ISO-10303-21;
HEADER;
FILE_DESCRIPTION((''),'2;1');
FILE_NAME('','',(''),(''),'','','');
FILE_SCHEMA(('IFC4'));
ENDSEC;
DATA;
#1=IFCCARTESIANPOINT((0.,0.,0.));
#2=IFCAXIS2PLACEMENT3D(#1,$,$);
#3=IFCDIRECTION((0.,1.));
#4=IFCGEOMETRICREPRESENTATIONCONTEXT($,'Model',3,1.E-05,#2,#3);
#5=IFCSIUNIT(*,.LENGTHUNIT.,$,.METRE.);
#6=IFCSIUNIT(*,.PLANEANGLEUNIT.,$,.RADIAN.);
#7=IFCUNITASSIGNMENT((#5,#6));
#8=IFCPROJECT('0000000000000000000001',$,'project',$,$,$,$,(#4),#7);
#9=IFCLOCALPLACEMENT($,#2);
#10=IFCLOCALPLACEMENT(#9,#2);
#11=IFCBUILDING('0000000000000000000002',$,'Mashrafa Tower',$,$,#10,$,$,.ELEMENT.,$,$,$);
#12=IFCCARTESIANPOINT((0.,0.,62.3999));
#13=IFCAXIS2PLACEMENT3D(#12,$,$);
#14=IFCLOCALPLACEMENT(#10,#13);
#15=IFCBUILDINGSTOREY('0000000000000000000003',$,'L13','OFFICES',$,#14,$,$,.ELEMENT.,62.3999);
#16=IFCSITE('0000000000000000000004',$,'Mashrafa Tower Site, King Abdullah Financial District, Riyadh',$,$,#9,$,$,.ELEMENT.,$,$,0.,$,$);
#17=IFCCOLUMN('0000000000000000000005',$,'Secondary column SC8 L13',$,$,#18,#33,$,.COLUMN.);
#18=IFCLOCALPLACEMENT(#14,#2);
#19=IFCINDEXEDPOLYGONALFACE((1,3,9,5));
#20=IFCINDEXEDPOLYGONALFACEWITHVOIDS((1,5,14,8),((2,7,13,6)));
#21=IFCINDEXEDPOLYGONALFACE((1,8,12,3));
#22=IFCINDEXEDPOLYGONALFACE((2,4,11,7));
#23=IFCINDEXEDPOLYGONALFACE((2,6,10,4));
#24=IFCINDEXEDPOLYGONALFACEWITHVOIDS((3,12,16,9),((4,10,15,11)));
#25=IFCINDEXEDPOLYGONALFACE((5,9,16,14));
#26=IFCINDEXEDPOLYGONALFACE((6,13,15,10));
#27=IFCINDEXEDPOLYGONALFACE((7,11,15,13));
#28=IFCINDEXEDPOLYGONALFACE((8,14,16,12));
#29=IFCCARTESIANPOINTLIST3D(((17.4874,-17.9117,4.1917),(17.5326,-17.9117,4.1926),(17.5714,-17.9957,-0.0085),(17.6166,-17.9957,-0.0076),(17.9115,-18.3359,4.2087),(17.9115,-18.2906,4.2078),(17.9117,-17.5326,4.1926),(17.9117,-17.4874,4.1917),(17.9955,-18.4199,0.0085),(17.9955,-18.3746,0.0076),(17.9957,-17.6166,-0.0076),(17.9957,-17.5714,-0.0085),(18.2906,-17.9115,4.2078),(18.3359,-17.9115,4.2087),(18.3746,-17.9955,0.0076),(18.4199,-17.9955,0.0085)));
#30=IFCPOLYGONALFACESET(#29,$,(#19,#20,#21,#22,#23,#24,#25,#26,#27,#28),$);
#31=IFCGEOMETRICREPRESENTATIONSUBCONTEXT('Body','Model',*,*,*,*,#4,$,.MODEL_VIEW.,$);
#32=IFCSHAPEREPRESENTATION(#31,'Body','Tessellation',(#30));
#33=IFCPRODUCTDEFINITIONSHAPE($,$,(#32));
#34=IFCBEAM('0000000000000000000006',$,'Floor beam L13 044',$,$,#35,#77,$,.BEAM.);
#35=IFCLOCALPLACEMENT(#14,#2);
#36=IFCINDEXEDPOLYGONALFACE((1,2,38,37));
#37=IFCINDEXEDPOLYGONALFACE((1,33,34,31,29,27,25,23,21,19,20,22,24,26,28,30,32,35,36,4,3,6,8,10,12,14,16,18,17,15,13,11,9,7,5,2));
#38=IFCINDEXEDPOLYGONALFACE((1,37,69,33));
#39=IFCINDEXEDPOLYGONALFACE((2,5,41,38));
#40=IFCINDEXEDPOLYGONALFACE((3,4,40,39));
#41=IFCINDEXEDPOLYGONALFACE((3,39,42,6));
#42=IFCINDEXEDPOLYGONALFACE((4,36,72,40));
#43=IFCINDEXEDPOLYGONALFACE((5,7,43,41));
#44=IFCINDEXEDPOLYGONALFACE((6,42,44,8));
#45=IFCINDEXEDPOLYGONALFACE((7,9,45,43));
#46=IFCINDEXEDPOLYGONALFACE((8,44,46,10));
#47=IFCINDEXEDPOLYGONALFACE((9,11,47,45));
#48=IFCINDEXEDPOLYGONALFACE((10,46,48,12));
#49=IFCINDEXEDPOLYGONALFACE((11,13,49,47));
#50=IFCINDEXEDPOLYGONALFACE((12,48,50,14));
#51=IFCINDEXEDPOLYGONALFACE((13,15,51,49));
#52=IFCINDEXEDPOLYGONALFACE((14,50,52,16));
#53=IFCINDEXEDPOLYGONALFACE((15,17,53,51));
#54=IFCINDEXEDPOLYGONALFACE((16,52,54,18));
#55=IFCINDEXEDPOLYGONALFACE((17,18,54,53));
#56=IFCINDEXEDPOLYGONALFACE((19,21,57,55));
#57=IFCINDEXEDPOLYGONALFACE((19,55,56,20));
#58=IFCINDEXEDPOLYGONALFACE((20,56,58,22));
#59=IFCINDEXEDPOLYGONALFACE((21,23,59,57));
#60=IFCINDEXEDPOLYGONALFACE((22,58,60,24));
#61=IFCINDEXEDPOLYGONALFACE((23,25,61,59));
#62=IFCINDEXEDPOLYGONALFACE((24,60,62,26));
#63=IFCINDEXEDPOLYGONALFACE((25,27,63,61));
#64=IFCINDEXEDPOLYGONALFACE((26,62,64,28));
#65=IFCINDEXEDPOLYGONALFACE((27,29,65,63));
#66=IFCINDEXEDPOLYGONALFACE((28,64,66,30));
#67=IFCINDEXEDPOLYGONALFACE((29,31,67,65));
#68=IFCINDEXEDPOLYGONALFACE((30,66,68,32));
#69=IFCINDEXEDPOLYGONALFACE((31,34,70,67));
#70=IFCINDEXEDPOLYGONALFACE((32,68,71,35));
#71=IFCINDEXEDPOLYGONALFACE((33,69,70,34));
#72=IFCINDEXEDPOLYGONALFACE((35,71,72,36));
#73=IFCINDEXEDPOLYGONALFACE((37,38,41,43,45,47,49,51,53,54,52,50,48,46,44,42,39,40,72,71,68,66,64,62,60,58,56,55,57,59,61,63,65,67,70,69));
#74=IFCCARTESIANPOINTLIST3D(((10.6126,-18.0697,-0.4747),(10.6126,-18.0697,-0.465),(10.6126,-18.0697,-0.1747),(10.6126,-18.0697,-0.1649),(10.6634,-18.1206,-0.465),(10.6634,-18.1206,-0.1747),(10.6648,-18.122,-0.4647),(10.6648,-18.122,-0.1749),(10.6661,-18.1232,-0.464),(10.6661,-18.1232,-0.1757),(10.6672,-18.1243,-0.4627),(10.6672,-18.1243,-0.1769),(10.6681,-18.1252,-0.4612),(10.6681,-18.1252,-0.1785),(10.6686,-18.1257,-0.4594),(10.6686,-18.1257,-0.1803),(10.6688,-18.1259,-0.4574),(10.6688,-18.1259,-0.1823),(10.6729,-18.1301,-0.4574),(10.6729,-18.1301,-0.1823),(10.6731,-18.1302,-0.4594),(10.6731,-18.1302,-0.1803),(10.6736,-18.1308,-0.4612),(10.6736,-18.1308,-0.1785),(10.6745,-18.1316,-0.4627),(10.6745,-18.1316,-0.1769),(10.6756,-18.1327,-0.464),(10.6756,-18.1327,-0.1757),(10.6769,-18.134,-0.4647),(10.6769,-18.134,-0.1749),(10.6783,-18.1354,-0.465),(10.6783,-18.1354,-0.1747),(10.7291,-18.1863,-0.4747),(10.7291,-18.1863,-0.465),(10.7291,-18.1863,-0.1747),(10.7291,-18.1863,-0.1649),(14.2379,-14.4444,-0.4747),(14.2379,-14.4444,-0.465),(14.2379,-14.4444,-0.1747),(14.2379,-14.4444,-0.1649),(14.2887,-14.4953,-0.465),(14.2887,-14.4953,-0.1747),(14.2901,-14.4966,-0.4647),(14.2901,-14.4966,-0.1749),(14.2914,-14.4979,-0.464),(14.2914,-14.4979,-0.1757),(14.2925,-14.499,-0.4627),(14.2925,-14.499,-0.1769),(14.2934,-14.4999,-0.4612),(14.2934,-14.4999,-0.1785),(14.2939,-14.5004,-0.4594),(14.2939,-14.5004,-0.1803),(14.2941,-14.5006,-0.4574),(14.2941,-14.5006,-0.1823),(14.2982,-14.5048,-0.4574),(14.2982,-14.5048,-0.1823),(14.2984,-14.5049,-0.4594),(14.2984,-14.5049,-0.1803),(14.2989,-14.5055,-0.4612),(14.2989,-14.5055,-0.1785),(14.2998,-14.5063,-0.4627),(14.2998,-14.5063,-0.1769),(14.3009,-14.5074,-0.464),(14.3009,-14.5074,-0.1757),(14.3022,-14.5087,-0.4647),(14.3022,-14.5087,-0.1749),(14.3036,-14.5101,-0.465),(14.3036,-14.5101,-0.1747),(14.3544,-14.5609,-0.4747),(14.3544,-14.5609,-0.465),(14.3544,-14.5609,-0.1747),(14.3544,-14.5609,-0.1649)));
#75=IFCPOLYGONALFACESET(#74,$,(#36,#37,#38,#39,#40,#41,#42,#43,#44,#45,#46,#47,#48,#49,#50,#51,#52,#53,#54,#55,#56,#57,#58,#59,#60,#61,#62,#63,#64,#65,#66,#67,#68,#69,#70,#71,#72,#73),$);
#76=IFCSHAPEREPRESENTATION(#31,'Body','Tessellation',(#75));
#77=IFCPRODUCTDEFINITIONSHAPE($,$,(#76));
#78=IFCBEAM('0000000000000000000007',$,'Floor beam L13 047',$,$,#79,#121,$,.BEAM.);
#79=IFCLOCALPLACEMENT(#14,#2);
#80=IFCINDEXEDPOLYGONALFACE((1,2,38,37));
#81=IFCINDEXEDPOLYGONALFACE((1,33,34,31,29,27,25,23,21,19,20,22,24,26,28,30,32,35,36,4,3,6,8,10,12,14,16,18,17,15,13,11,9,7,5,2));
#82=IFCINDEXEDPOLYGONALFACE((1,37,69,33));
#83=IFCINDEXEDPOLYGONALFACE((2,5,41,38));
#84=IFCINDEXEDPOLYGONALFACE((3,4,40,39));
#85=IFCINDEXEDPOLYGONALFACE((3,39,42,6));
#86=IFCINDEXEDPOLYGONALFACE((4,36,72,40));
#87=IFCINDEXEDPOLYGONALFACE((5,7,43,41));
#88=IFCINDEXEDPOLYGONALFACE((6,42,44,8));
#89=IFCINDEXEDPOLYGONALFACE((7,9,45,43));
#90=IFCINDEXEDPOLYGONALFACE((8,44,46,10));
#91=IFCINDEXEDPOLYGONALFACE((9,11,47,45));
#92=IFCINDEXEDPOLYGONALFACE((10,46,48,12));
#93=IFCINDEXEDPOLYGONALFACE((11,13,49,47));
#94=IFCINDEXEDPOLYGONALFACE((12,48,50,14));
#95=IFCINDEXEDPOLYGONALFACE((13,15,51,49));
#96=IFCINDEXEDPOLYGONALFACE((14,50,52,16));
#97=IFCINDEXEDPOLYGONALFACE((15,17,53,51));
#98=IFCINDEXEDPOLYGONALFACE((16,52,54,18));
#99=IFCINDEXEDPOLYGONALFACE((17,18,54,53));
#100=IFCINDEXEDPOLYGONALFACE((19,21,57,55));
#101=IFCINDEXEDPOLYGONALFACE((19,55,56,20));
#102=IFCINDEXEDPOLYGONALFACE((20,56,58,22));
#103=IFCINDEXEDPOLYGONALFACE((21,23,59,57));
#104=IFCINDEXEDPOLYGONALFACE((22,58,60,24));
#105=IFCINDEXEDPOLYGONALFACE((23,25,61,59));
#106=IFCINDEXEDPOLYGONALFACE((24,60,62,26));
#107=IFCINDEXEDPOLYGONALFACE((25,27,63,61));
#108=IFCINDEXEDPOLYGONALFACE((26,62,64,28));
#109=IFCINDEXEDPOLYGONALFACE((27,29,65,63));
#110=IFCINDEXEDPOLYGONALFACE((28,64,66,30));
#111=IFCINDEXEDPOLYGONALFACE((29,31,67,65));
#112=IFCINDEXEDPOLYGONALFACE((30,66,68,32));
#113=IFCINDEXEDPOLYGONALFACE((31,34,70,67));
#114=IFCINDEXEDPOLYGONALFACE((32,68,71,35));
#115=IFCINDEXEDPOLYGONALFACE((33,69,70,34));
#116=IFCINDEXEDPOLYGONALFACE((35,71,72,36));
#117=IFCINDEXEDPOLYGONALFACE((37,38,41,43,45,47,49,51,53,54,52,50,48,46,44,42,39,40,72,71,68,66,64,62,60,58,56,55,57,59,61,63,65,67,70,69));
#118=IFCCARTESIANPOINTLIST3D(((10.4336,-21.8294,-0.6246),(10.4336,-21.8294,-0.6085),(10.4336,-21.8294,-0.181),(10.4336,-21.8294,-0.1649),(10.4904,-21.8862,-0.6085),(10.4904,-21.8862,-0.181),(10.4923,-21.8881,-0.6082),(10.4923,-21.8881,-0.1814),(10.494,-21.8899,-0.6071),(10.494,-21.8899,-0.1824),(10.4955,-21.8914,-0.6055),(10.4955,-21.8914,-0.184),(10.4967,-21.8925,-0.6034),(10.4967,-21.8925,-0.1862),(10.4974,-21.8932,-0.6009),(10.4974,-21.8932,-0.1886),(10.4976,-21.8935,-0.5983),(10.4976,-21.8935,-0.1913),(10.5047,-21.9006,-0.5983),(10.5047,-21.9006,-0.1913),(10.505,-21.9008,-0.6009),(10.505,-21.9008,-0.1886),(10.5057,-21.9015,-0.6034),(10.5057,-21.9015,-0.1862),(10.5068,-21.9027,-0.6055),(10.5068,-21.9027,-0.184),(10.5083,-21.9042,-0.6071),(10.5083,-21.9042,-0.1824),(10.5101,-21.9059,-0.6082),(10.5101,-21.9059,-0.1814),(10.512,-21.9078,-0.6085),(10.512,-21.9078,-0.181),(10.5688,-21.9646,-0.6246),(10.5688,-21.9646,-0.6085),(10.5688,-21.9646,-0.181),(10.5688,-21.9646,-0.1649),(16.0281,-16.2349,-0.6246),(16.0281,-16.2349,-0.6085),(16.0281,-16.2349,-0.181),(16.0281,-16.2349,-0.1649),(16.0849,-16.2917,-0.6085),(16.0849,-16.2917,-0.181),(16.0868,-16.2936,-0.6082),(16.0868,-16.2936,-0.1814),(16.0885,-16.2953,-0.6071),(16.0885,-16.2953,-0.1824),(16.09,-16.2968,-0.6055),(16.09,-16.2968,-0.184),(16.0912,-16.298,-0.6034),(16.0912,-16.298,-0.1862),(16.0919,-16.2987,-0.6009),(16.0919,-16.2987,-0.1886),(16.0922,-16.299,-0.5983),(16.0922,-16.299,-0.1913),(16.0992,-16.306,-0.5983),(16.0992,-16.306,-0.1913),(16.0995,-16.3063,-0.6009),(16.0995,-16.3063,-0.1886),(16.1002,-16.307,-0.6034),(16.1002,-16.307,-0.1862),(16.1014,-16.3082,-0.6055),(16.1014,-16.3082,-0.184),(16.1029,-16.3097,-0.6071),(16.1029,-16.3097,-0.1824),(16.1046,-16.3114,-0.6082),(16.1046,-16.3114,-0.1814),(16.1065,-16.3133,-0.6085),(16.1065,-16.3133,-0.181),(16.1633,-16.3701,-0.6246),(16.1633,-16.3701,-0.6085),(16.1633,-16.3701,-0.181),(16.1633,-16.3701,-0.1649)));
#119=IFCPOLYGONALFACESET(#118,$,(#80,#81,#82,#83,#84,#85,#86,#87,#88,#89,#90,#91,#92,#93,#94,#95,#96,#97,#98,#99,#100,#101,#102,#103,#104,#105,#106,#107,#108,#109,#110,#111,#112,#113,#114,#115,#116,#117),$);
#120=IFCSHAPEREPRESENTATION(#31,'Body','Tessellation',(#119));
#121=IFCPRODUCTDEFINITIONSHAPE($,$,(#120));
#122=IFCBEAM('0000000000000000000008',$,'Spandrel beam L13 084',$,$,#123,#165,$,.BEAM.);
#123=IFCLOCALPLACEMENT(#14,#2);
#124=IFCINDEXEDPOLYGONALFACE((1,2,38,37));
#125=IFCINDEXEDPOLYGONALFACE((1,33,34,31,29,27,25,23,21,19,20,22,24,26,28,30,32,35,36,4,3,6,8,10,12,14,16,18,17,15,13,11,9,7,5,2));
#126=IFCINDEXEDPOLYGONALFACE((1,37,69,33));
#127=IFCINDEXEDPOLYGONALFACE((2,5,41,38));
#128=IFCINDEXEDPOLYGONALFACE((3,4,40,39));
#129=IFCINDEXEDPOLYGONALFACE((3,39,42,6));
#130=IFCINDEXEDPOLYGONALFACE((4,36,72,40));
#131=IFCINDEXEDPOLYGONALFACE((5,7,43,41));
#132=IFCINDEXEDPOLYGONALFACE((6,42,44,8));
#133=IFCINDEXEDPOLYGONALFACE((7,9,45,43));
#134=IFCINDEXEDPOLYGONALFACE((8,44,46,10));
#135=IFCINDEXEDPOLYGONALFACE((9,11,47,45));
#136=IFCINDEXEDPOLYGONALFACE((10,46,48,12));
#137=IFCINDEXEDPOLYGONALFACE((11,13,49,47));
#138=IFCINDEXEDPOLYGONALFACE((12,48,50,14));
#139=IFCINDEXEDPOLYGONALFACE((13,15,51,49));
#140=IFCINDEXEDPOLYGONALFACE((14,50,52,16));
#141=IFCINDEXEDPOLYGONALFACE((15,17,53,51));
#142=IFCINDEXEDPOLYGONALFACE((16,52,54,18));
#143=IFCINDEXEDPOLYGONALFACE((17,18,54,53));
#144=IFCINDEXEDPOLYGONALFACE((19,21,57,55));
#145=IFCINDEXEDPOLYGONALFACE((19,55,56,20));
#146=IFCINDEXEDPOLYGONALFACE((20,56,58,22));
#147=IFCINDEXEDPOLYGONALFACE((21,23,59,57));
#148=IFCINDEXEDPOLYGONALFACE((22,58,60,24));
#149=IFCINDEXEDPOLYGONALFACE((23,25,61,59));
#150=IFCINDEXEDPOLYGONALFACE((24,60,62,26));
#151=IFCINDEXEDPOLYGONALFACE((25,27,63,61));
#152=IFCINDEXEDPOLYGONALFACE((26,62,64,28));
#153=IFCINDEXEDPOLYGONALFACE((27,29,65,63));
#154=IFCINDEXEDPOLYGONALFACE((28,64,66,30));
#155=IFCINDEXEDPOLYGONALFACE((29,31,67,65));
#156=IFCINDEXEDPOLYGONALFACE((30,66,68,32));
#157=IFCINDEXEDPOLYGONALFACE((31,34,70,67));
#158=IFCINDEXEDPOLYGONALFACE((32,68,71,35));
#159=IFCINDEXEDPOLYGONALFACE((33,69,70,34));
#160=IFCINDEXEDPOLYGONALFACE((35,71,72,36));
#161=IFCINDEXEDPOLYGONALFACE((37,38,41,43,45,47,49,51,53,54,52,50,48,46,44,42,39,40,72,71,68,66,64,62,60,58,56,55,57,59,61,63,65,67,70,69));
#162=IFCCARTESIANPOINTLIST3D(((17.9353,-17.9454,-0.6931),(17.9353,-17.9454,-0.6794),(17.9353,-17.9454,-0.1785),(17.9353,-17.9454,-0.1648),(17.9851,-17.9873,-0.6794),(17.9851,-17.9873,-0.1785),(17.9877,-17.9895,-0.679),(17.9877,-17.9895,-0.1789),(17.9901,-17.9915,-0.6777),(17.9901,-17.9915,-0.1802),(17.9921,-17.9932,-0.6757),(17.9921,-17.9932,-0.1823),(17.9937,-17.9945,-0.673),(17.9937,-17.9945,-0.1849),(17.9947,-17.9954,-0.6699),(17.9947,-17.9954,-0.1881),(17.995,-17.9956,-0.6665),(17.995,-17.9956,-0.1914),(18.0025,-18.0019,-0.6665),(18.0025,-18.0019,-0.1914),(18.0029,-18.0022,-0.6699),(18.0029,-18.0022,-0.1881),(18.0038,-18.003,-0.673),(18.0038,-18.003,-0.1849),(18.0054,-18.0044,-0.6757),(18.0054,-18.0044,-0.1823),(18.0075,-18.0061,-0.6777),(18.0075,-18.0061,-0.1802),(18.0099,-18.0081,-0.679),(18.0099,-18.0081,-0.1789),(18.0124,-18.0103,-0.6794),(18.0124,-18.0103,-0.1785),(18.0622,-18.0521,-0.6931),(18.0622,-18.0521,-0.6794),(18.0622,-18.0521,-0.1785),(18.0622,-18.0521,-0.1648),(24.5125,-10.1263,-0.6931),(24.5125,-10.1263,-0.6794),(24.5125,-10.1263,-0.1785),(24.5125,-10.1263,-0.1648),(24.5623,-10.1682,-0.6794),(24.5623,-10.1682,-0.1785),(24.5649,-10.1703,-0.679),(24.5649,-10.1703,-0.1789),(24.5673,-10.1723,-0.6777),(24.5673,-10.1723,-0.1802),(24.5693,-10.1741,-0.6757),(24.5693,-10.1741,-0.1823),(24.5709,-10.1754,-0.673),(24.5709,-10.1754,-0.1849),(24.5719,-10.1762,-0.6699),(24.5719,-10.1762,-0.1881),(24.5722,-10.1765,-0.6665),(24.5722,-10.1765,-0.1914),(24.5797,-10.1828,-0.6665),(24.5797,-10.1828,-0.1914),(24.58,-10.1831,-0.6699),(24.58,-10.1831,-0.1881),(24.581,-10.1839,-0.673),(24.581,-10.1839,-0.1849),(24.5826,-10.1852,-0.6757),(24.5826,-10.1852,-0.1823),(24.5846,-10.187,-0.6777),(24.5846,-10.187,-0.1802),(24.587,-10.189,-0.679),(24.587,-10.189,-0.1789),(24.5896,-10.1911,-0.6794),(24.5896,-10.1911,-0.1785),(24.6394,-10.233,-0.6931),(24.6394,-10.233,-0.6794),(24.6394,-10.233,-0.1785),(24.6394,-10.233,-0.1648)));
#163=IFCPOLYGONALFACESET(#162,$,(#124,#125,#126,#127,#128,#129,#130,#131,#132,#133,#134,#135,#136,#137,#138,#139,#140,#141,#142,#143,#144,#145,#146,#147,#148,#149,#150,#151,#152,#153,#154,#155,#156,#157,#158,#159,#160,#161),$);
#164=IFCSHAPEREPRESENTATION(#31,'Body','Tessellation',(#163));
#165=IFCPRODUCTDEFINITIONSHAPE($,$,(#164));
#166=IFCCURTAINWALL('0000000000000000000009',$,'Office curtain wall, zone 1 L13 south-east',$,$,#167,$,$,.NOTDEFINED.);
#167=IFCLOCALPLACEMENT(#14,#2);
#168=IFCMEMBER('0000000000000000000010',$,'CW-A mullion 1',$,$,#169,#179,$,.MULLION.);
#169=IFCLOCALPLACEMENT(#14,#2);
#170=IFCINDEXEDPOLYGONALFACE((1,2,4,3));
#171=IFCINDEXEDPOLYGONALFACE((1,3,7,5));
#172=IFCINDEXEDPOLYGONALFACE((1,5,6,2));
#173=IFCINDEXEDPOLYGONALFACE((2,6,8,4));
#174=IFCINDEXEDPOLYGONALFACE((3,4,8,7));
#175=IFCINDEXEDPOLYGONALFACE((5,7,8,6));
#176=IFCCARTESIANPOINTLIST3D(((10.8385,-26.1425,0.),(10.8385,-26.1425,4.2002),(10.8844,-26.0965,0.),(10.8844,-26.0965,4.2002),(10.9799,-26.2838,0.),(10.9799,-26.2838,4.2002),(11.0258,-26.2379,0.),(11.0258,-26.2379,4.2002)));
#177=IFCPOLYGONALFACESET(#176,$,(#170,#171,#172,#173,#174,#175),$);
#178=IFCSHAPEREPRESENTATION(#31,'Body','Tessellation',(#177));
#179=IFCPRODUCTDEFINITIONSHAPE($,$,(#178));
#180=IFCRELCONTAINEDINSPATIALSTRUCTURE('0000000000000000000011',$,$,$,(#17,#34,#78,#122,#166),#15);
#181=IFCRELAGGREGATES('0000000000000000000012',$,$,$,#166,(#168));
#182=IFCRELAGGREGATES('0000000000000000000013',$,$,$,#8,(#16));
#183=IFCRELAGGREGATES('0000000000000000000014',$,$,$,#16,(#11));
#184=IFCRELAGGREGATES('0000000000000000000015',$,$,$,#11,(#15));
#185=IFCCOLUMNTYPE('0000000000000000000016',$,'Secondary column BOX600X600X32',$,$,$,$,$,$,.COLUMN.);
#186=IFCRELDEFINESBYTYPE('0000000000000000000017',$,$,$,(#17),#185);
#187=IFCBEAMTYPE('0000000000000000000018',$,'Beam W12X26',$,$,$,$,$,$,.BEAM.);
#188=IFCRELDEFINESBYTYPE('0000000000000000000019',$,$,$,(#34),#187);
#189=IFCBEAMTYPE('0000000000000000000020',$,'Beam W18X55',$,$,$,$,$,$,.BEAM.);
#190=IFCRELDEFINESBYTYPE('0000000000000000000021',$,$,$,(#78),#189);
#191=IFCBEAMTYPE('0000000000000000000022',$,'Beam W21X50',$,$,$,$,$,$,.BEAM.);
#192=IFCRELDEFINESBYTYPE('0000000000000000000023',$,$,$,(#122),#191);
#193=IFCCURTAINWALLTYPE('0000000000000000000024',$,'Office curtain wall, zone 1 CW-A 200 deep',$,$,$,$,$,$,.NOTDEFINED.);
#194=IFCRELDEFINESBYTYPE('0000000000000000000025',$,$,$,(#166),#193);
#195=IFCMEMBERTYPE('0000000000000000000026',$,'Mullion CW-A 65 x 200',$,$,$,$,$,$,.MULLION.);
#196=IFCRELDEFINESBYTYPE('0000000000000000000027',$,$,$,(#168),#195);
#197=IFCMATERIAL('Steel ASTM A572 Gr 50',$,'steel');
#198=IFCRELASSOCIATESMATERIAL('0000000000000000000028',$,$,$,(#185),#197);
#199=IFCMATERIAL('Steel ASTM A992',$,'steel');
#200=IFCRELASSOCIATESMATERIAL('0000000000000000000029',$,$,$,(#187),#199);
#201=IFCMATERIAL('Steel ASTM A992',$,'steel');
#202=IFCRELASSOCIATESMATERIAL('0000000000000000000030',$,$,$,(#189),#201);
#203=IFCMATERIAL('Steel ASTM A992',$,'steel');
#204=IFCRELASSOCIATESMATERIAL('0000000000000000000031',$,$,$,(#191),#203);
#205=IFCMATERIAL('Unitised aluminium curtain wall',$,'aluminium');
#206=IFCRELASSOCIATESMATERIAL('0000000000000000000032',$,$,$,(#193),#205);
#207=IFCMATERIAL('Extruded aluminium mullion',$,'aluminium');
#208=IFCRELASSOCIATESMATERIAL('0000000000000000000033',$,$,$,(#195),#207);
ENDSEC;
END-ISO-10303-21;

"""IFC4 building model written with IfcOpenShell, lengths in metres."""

from ifc_helpers import new_model, si_unit, direction, frame, origin, origin_2d, place, context, subcontext, project, spatial, rectangle, hollow_rectangle, i_section, extrude, source, transform, mapped, material, material_profile, profile_set, type_object, type_shapes, element, aggregate, save


model = new_model("IFC4")

# Units and contexts
model_context = context("Model", 3, precision=1e-05, world=origin(), true_north=direction((0.0, 1.0)))
body_context = subcontext(model_context, "Body", "Model", "MODEL_VIEW")
ifc_project = project(units=[si_unit("LENGTHUNIT", "METRE"), si_unit("PLANEANGLEUNIT", "RADIAN")], contexts=[model_context])

# Site, building, storey
site_placement = place(None, origin())
site = spatial("IfcSite", under=ifc_project, at=site_placement, Name="Mashrafa Tower Site, King Abdullah Financial District, Riyadh", CompositionType="ELEMENT", RefElevation=0.0)
building_placement = place(site_placement, origin())
building = spatial("IfcBuilding", under=site, at=building_placement, Name="Mashrafa Tower", CompositionType="ELEMENT")
storey_placement = place(building_placement, frame((0.0, 0.0, 62.3999)))
storey = spatial("IfcBuildingStorey", under=building, at=storey_placement, Name="L13", Description="OFFICES", CompositionType="ELEMENT", Elevation=62.3999)

# Column
ifc_material_1 = material(Name="Steel ASTM A572 Gr 50", Category="steel")
ifc_material_profile_1 = material_profile(ifc_material_1, hollow_rectangle(XDim=0.6001, YDim=0.6001, WallThickness=0.032, at=origin_2d()), Name="BOX600X600X32")
ifc_profile_set_1 = profile_set([ifc_material_profile_1], Name="Steel ASTM A572 Gr 50")
column_type = type_object("IfcColumnType", Name="Secondary column BOX600X600X32", PredefinedType="COLUMN", material=ifc_profile_set_1)
column_placement = place(storey_placement, frame((17.9956, -17.9956, 0.0), z_axis=(-0.019987, 0.019987, 0.9996), x_axis=(-0.707107, -0.707107, 0.0)))
element("IfcColumn", 1, at=column_placement, inside=storey, type_object=column_type, Name="Secondary column SC8 L13", PredefinedType="COLUMN", context=body_context, shape_type="SweptSolid", body=[
    extrude(hollow_rectangle(XDim=0.6001, YDim=0.6001, WallThickness=0.032, at=origin_2d()), origin(), (0.0, 0.0, 1.0), 4.2019),
])

# Beams
ifc_material_2 = material(Name="Steel ASTM A992", Category="steel")
ifc_material_profile_2 = material_profile(ifc_material_2, i_section(OverallWidth=0.1648, OverallDepth=0.3098, WebThickness=0.0059, FlangeThickness=0.0098, FilletRadius=0.0076, at=origin_2d()), Name="W12X26")
ifc_profile_set_2 = profile_set([ifc_material_profile_2], Name="Steel ASTM A992")
beam_type_1 = type_object("IfcBeamType", Name="Beam W12X26", PredefinedType="BEAM", material=ifc_profile_set_2)
beam_1_placement = place(storey_placement, frame((14.2961, -14.5027, -0.3198), z_axis=(-0.707107, -0.707107, 0.0), x_axis=(0.707107, -0.707107, 0.0)))
element("IfcBeam", 2, at=beam_1_placement, inside=storey, type_object=beam_type_1, Name="Floor beam L13 044", PredefinedType="BEAM", context=body_context, shape_type="SweptSolid", body=[
    extrude(i_section(OverallWidth=0.1648, OverallDepth=0.3098, WebThickness=0.0059, FlangeThickness=0.0098, FilletRadius=0.0076, at=origin_2d()), origin(), (0.0, 0.0, 1.0), 5.127),
])
ifc_material_3 = material(Name="Steel ASTM A992", Category="steel")
ifc_material_profile_3 = material_profile(ifc_material_3, i_section(OverallWidth=0.1912, OverallDepth=0.4597, WebThickness=0.01, FlangeThickness=0.0161, FilletRadius=0.0103, at=origin_2d()), Name="W18X55")
ifc_profile_set_3 = profile_set([ifc_material_profile_3], Name="Steel ASTM A992")
beam_type_2 = type_object("IfcBeamType", Name="Beam W18X55", PredefinedType="BEAM", material=ifc_profile_set_3)
beam_2_placement = place(storey_placement, frame((16.0957, -16.3025, -0.3948), z_axis=(-0.707107, -0.707107, 0.0), x_axis=(0.707107, -0.707107, 0.0)))
element("IfcBeam", 3, at=beam_2_placement, inside=storey, type_object=beam_type_2, Name="Floor beam L13 047", PredefinedType="BEAM", context=body_context, shape_type="SweptSolid", body=[
    extrude(i_section(OverallWidth=0.1912, OverallDepth=0.4597, WebThickness=0.01, FlangeThickness=0.0161, FilletRadius=0.0103, at=origin_2d()), origin(), (0.0, 0.0, 1.0), 7.9119),
])
ifc_material_4 = material(Name="Steel ASTM A992", Category="steel")
ifc_material_profile_4 = material_profile(ifc_material_4, i_section(OverallWidth=0.1658, OverallDepth=0.5283, WebThickness=0.0098, FlangeThickness=0.0137, FilletRadius=0.0129, at=origin_2d()), Name="W21X50")
ifc_profile_set_4 = profile_set([ifc_material_profile_4], Name="Steel ASTM A992")
beam_type_3 = type_object("IfcBeamType", Name="Beam W21X50", PredefinedType="BEAM", material=ifc_profile_set_4)
beam_3_placement = place(storey_placement, frame((17.9988, -17.9988, -0.429), z_axis=(0.643715, 0.765266, 0.0), x_axis=(-0.765266, 0.643715, 0.0)))
element("IfcBeam", 4, at=beam_3_placement, inside=storey, type_object=beam_type_3, Name="Spandrel beam L13 084", PredefinedType="BEAM", context=body_context, shape_type="SweptSolid", body=[
    extrude(i_section(OverallWidth=0.1658, OverallDepth=0.5283, WebThickness=0.0098, FlangeThickness=0.0137, FilletRadius=0.0129, at=origin_2d()), origin(), (0.0, 0.0, 1.0), 10.2175),
])

# Curtain wall, member
ifc_material_5 = material(Name="Unitised aluminium curtain wall", Category="aluminium")
curtain_wall_type = type_object("IfcCurtainWallType", Name="Office curtain wall, zone 1 CW-A 200 deep", PredefinedType="NOTDEFINED", material=ifc_material_5)
curtain_wall_placement = place(storey_placement, origin())
curtain_wall = element("IfcCurtainWall", 5, at=curtain_wall_placement, inside=storey, type_object=curtain_wall_type, Name="Office curtain wall, zone 1 L13 south-east", PredefinedType="NOTDEFINED")
ifc_material_6 = material(Name="Extruded aluminium mullion", Category="aluminium")
ifc_material_profile_5 = material_profile(ifc_material_6, rectangle(XDim=0.2, YDim=0.0649, at=origin_2d()), Name="Mullion 65x200")
ifc_profile_set_5 = profile_set([ifc_material_profile_5], Name="Extruded aluminium mullion")
member_type_1 = type_object("IfcMemberType", Name="Mullion CW-A 65 x 200", PredefinedType="MULLION", material=ifc_profile_set_5)
shared_shape_1 = source(origin(), body_context, "Body", "SweptSolid", [
    extrude(rectangle(XDim=0.2, YDim=0.0649, at=origin_2d()), origin(), (0.0, 0.0, 1.0), 4.2002),
])
type_shapes(member_type_1, [shared_shape_1])
member_1_placement = place(storey_placement, frame((10.9321, -26.1902, 0.0), z_axis=(0.0, 0.0, 1.0), x_axis=(-0.707107, 0.707107, 0.0)))
member_1 = element("IfcMember", 6, at=member_1_placement, type_object=member_type_1, Name="CW-A mullion 1", PredefinedType="MULLION", context=body_context, shape_type="MappedRepresentation", body=[
    mapped(shared_shape_1, transform((0.0, 0.0, 0.0))),
])
aggregate(curtain_wall, [member_1])

save(model, "model.ifc")
